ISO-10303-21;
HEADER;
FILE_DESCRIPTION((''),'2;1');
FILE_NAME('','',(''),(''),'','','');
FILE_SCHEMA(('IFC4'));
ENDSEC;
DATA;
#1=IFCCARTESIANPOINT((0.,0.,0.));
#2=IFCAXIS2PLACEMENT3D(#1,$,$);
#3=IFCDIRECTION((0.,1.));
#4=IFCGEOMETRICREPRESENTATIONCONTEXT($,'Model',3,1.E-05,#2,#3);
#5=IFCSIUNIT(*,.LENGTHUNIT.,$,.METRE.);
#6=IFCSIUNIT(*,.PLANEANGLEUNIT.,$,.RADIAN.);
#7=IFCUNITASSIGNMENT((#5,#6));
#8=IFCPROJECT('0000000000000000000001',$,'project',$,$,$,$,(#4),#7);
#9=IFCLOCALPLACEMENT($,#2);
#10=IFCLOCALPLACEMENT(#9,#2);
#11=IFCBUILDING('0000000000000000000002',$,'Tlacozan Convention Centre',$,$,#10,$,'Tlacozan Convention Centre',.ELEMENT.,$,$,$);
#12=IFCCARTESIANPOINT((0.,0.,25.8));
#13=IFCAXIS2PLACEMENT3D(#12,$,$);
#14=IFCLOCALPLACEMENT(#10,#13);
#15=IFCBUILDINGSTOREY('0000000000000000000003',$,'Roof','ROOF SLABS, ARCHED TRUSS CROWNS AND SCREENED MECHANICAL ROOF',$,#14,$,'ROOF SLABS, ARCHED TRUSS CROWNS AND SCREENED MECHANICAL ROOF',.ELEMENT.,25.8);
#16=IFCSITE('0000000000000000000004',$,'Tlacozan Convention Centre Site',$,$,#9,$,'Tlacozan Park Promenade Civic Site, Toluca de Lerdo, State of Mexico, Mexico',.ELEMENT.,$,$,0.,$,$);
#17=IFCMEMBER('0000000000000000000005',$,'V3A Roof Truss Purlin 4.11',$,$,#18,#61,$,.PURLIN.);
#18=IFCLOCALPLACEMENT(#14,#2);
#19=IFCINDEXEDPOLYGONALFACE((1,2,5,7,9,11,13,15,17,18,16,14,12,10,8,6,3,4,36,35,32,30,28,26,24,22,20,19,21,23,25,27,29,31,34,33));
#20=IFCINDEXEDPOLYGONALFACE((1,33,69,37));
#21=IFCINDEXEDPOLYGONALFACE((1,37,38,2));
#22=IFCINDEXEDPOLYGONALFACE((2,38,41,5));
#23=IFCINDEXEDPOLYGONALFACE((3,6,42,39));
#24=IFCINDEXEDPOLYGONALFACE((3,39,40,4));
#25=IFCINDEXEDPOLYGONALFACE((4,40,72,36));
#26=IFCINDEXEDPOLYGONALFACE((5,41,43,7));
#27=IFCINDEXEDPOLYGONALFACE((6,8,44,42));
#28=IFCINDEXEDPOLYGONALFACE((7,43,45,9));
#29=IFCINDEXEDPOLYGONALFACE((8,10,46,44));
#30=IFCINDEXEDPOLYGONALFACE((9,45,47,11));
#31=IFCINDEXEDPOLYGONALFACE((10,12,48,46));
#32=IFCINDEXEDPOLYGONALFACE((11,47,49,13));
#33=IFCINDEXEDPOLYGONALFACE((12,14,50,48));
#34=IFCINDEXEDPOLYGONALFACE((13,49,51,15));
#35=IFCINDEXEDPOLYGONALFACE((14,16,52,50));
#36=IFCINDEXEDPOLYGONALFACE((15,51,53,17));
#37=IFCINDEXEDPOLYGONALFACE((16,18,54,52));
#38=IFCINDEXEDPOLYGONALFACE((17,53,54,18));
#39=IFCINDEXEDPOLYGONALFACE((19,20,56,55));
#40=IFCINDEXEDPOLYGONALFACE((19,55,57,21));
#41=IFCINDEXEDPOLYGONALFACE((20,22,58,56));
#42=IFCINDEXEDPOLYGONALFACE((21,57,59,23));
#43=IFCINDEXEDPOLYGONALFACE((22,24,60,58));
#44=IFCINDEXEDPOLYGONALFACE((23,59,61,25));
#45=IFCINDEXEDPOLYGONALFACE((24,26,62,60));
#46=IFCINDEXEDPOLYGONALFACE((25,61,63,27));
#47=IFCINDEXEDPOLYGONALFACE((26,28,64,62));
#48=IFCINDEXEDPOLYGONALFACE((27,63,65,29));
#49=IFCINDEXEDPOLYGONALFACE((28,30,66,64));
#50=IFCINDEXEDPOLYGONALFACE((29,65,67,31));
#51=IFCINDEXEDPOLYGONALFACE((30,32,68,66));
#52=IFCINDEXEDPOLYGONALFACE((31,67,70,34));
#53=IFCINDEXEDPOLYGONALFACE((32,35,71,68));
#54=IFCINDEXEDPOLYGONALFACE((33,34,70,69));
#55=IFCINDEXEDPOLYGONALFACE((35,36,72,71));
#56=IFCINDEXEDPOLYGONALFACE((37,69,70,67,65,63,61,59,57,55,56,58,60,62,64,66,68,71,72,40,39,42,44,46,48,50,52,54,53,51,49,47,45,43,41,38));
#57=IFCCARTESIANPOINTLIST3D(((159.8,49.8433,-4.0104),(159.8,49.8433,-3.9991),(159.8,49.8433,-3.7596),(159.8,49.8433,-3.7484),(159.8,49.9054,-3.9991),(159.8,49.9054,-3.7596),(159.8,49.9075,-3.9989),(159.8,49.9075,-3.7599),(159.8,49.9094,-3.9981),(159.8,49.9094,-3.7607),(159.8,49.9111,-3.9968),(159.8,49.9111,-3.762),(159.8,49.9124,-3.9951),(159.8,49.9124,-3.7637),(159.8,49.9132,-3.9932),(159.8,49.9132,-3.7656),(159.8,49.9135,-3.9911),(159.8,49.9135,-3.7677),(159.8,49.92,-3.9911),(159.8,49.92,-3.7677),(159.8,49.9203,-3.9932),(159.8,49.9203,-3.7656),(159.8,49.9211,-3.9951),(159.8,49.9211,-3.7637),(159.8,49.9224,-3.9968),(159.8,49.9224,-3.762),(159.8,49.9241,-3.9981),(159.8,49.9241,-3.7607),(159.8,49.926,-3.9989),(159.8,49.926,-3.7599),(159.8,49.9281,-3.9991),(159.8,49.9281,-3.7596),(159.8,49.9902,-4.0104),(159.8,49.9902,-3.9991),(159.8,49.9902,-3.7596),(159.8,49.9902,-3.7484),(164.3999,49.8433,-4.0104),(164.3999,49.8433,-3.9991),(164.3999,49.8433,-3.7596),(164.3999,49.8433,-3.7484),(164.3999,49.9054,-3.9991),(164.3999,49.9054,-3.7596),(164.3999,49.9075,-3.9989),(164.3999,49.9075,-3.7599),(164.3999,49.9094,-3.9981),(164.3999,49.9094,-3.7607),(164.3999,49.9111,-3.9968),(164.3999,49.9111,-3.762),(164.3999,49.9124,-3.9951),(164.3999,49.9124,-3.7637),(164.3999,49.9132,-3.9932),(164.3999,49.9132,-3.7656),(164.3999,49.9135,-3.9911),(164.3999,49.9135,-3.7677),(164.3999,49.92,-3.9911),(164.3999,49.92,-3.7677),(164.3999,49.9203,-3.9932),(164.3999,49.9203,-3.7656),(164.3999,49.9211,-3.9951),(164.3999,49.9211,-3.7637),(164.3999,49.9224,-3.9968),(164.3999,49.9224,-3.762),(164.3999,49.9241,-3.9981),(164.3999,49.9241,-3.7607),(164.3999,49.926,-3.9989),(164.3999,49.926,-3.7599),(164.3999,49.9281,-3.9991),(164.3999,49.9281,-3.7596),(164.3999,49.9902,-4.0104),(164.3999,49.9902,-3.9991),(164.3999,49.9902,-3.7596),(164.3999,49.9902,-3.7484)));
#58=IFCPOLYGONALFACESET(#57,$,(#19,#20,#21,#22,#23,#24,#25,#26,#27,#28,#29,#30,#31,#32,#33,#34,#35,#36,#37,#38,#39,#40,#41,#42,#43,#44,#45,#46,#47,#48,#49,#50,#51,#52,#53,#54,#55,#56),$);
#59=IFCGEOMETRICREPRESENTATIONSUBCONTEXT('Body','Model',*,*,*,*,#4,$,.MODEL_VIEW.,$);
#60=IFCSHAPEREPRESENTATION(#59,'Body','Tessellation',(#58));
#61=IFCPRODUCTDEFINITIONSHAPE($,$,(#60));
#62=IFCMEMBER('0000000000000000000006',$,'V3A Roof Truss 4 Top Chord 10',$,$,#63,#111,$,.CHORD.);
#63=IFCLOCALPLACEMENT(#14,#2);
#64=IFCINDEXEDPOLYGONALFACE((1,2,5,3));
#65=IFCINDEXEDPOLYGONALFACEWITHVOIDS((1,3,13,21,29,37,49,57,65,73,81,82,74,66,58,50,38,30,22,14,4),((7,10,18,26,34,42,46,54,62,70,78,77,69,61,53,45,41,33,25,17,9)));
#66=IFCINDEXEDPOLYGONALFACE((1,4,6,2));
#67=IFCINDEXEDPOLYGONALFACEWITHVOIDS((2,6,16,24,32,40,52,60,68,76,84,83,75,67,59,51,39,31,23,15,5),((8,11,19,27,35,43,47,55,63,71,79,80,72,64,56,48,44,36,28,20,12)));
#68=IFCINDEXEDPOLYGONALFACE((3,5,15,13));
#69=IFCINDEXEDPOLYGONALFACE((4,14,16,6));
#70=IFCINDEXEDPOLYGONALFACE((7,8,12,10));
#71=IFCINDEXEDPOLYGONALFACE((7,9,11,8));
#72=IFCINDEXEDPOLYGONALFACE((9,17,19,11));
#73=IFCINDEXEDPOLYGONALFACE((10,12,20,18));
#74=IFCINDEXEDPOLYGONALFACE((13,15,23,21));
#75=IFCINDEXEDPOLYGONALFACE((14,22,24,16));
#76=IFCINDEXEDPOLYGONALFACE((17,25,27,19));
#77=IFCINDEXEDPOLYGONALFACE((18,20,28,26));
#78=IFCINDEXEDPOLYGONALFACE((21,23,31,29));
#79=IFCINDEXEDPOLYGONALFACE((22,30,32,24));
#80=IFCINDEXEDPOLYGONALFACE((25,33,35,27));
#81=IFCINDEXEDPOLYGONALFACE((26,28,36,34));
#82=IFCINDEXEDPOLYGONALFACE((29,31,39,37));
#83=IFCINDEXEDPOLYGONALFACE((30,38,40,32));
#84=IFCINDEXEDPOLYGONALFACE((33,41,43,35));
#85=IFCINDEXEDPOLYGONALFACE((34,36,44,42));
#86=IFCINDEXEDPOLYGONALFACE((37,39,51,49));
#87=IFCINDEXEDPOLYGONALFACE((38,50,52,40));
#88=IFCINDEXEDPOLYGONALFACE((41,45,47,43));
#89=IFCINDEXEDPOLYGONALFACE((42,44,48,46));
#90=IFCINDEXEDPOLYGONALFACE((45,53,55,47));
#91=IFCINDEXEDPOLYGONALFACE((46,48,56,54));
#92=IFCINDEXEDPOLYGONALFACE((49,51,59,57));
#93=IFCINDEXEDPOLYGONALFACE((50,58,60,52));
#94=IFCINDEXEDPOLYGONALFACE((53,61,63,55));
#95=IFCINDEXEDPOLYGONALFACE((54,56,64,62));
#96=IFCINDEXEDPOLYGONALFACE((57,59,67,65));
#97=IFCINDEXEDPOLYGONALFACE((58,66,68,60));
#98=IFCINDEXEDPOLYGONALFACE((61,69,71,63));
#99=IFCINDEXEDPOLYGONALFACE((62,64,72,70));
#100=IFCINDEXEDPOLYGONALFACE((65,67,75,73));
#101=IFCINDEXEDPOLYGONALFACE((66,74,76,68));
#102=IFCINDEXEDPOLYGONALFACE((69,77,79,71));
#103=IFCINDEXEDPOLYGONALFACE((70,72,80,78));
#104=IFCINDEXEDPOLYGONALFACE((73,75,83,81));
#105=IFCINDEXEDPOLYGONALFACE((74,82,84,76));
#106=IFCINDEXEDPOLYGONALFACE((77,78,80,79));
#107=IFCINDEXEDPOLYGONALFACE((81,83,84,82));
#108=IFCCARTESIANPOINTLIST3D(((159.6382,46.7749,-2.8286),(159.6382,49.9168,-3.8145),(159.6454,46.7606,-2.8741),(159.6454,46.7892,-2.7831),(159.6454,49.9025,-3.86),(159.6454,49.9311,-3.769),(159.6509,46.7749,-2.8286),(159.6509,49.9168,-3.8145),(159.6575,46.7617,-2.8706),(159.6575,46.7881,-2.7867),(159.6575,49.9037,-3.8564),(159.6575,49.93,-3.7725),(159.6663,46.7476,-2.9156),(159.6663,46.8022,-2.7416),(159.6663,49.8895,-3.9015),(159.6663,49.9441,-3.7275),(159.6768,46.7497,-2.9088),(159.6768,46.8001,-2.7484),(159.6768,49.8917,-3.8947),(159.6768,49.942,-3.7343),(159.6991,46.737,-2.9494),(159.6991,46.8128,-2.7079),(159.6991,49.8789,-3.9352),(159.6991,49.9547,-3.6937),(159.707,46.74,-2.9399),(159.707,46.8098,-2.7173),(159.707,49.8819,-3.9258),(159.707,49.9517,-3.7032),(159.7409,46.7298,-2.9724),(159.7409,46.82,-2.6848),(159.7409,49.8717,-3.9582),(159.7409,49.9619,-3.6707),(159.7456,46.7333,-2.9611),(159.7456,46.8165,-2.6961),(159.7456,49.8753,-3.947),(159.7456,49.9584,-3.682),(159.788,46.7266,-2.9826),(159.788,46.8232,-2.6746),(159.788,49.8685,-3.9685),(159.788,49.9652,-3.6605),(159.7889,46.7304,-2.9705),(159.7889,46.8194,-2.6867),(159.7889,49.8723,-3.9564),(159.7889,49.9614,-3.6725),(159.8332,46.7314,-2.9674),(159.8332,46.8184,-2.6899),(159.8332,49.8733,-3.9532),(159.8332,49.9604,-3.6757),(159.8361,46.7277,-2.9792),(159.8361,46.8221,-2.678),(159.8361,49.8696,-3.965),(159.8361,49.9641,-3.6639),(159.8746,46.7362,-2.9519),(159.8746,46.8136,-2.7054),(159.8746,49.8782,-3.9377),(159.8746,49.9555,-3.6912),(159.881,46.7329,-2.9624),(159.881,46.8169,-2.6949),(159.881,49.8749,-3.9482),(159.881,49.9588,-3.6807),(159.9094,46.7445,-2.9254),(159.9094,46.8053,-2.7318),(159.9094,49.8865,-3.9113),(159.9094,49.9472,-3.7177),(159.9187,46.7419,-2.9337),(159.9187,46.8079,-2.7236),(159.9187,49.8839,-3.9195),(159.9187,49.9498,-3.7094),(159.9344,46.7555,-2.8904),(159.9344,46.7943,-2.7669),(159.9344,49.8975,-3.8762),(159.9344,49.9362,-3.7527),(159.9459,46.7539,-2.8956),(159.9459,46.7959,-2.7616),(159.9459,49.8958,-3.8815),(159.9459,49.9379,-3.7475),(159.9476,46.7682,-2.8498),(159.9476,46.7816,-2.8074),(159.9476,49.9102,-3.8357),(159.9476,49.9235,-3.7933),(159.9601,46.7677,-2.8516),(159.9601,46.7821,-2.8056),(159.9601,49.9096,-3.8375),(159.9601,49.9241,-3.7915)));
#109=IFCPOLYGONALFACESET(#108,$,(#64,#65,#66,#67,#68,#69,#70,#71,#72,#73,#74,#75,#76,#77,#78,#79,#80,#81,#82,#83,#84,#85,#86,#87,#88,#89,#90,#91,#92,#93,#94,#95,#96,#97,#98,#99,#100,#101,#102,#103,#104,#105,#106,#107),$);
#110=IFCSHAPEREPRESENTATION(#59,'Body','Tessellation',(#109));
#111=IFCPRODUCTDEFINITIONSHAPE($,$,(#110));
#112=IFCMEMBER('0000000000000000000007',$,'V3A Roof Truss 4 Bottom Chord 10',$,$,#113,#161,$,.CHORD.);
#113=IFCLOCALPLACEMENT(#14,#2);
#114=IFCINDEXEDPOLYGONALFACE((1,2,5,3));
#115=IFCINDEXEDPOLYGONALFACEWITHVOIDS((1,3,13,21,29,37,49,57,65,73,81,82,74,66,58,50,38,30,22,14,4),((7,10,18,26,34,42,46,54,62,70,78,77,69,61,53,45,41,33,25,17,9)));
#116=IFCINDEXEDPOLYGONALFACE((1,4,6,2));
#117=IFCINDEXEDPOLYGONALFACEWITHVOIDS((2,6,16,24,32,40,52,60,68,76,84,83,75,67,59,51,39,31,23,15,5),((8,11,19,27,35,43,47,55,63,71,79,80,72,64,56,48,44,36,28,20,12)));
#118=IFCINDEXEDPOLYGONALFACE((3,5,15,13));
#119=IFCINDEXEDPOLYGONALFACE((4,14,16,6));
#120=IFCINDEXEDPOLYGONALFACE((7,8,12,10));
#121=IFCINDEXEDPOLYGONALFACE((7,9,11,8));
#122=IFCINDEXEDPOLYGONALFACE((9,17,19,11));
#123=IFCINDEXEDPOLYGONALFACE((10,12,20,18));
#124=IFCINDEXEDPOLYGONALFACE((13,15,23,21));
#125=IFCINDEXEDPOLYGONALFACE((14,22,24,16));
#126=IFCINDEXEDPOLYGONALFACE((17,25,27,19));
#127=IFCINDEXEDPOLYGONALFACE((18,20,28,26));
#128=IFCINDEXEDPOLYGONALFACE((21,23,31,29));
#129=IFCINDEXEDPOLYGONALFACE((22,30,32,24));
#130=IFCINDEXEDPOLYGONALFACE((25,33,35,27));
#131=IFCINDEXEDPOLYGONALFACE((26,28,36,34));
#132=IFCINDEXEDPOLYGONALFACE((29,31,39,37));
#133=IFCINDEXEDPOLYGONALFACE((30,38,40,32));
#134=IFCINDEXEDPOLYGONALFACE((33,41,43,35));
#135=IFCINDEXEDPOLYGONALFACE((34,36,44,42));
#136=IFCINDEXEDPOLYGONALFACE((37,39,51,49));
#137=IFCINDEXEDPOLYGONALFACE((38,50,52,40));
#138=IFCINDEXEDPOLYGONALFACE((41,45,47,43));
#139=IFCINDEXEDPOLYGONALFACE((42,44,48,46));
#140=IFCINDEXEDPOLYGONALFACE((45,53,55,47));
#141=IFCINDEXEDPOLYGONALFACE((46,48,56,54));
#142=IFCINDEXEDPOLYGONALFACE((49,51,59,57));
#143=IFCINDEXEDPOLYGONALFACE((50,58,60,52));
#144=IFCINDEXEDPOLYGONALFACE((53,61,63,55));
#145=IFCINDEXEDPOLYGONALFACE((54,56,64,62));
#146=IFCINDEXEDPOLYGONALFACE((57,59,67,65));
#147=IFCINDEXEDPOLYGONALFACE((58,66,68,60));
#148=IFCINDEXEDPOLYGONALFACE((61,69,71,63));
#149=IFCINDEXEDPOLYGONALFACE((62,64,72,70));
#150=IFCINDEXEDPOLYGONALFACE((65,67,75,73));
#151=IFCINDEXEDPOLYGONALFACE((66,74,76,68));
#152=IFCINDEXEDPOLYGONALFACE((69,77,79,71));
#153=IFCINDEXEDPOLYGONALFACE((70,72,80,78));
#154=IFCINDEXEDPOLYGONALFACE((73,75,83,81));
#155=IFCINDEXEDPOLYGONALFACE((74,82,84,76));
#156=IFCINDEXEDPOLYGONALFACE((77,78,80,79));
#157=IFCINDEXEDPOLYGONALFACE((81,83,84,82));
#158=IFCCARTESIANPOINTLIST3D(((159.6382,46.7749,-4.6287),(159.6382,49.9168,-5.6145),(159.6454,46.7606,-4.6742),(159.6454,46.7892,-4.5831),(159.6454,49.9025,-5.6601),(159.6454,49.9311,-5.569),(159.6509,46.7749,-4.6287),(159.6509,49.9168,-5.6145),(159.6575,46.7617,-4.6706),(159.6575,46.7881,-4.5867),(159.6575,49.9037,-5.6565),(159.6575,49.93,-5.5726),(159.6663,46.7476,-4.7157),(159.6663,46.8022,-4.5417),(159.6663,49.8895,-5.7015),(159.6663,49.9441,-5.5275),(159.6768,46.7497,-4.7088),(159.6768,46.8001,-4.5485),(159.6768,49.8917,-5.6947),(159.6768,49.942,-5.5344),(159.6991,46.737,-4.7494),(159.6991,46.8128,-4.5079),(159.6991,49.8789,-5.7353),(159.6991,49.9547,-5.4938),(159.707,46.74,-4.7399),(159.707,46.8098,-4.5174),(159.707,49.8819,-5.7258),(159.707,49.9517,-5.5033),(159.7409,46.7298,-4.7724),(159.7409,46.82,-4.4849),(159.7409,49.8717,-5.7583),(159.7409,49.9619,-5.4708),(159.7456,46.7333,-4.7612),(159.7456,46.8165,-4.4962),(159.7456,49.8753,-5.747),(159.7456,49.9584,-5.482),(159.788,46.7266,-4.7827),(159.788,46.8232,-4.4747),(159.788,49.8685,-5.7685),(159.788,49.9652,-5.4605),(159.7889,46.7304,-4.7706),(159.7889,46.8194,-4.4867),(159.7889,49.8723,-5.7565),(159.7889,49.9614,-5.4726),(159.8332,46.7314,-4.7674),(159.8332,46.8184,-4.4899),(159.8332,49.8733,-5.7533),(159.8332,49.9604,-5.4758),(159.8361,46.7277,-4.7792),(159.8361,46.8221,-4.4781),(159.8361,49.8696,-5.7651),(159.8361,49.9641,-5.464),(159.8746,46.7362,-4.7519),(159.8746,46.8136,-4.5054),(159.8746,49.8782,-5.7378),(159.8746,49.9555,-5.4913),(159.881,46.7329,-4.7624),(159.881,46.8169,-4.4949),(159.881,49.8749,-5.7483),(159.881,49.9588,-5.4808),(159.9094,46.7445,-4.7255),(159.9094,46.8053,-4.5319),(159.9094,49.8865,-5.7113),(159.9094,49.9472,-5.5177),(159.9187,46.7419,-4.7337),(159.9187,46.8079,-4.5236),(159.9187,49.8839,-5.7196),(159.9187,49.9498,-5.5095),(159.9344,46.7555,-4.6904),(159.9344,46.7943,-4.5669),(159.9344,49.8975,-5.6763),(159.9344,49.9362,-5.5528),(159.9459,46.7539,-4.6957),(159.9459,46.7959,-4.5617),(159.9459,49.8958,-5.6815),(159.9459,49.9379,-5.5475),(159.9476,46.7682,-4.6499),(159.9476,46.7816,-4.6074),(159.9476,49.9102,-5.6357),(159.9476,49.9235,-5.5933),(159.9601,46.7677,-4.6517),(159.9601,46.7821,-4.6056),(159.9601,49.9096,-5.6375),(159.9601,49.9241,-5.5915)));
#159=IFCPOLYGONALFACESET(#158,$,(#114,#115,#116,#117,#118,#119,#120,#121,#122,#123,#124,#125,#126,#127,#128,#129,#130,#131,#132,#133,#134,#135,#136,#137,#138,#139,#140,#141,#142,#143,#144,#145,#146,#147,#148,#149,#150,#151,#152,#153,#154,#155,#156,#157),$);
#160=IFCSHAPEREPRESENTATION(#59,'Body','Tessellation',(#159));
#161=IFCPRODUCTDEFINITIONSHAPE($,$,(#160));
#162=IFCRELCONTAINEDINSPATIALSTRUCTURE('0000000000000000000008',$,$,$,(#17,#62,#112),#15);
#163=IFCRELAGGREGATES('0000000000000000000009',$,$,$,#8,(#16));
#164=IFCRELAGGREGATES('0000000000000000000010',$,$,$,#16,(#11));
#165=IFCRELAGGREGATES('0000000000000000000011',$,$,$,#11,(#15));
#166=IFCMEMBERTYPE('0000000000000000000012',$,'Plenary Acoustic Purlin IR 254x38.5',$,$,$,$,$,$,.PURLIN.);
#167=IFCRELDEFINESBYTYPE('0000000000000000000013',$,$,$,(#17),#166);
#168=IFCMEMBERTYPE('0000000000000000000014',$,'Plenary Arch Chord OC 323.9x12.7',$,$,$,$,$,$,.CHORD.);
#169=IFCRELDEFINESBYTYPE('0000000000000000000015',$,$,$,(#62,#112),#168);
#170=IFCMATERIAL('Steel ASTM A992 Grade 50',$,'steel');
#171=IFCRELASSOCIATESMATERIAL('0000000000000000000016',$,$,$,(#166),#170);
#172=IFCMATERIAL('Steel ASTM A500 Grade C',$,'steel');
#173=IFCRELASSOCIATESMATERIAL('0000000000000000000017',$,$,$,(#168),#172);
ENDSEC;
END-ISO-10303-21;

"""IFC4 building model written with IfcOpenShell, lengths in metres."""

from ifc_helpers import new_model, si_unit, direction, frame, origin, origin_2d, place, context, subcontext, project, spatial, hollow_circle, i_section, extrude, material, material_profile, profile_set, type_object, element, save


model = new_model("IFC4")

# Units and contexts
model_context = context("Model", 3, precision=1e-05, world=origin(), true_north=direction((0.0, 1.0)))
body_context = subcontext(model_context, "Body", "Model", "MODEL_VIEW")
ifc_project = project(units=[si_unit("LENGTHUNIT", "METRE"), si_unit("PLANEANGLEUNIT", "RADIAN")], contexts=[model_context])

# Site, building, storey
site_placement = place(None, origin())
site = spatial("IfcSite", under=ifc_project, at=site_placement, Name="Tlacozan Convention Centre Site", LongName="Tlacozan Park Promenade Civic Site, Toluca de Lerdo, State of Mexico, Mexico", CompositionType="ELEMENT", RefElevation=0.0)
building_placement = place(site_placement, origin())
building = spatial("IfcBuilding", under=site, at=building_placement, Name="Tlacozan Convention Centre", LongName="Tlacozan Convention Centre", CompositionType="ELEMENT")
storey_placement = place(building_placement, frame((0.0, 0.0, 25.8)))
storey = spatial("IfcBuildingStorey", under=building, at=storey_placement, Name="Roof", Description="ROOF SLABS, ARCHED TRUSS CROWNS AND SCREENED MECHANICAL ROOF", LongName="ROOF SLABS, ARCHED TRUSS CROWNS AND SCREENED MECHANICAL ROOF", CompositionType="ELEMENT", Elevation=25.8)

# Members
ifc_material_1 = material(Name="Steel ASTM A992 Grade 50", Category="steel")
ifc_material_profile_1 = material_profile(ifc_material_1, i_section(OverallWidth=0.147, OverallDepth=0.262, WebThickness=0.0066, FlangeThickness=0.0112, FilletRadius=0.0081, at=origin_2d()), Name="IR 254x38.5")
ifc_profile_set_1 = profile_set([ifc_material_profile_1], Name="Steel ASTM A992 Grade 50")
member_type_1 = type_object("IfcMemberType", Name="Plenary Acoustic Purlin IR 254x38.5", PredefinedType="PURLIN", material=ifc_profile_set_1)
member_1_placement = place(storey_placement, frame((159.8, 49.9167, -3.8794), z_axis=(1.0, 0.0, 0.0), x_axis=(0.0, 1.0, 0.0)))
element("IfcMember", 1, at=member_1_placement, inside=storey, type_object=member_type_1, Name="V3A Roof Truss Purlin 4.11", PredefinedType="PURLIN", context=body_context, shape_type="SweptSolid", body=[
    extrude(i_section(OverallWidth=0.147, OverallDepth=0.262, WebThickness=0.0066, FlangeThickness=0.0112, FilletRadius=0.0081, at=origin_2d()), origin(), (0.0, 0.0, 1.0), 4.5999),
])
ifc_material_2 = material(Name="Steel ASTM A500 Grade C", Category="steel")
ifc_material_profile_2 = material_profile(ifc_material_2, hollow_circle(Radius=0.1619, WallThickness=0.0127, at=origin_2d()), Name="OC 323.9x12.7")
ifc_profile_set_2 = profile_set([ifc_material_profile_2], Name="Steel ASTM A500 Grade C")
member_type_2 = type_object("IfcMemberType", Name="Plenary Arch Chord OC 323.9x12.7", PredefinedType="CHORD", material=ifc_profile_set_2)
for number, where, z_axis, x_axis, name in (
    (2, (159.8, 46.7749, -2.8286), (0.0, 0.954132, -0.299385), (-1.0, 0.0, 0.0), "V3A Roof Truss 4 Top Chord 10"),
    (3, (159.8, 46.7749, -4.6287), (0.0, 0.954132, -0.299385), (-1.0, 0.0, 0.0), "V3A Roof Truss 4 Bottom Chord 10"),
):
    element("IfcMember", number, at=place(storey_placement, frame(where, z_axis=z_axis, x_axis=x_axis)), inside=storey, type_object=member_type_2, Name=name, PredefinedType="CHORD", context=body_context, shape_type="SweptSolid", body=[
        extrude(hollow_circle(Radius=0.1619, WallThickness=0.0127, at=origin_2d()), origin(), (0.0, 0.0, 1.0), 3.293),
    ])

save(model, "model.ifc")
